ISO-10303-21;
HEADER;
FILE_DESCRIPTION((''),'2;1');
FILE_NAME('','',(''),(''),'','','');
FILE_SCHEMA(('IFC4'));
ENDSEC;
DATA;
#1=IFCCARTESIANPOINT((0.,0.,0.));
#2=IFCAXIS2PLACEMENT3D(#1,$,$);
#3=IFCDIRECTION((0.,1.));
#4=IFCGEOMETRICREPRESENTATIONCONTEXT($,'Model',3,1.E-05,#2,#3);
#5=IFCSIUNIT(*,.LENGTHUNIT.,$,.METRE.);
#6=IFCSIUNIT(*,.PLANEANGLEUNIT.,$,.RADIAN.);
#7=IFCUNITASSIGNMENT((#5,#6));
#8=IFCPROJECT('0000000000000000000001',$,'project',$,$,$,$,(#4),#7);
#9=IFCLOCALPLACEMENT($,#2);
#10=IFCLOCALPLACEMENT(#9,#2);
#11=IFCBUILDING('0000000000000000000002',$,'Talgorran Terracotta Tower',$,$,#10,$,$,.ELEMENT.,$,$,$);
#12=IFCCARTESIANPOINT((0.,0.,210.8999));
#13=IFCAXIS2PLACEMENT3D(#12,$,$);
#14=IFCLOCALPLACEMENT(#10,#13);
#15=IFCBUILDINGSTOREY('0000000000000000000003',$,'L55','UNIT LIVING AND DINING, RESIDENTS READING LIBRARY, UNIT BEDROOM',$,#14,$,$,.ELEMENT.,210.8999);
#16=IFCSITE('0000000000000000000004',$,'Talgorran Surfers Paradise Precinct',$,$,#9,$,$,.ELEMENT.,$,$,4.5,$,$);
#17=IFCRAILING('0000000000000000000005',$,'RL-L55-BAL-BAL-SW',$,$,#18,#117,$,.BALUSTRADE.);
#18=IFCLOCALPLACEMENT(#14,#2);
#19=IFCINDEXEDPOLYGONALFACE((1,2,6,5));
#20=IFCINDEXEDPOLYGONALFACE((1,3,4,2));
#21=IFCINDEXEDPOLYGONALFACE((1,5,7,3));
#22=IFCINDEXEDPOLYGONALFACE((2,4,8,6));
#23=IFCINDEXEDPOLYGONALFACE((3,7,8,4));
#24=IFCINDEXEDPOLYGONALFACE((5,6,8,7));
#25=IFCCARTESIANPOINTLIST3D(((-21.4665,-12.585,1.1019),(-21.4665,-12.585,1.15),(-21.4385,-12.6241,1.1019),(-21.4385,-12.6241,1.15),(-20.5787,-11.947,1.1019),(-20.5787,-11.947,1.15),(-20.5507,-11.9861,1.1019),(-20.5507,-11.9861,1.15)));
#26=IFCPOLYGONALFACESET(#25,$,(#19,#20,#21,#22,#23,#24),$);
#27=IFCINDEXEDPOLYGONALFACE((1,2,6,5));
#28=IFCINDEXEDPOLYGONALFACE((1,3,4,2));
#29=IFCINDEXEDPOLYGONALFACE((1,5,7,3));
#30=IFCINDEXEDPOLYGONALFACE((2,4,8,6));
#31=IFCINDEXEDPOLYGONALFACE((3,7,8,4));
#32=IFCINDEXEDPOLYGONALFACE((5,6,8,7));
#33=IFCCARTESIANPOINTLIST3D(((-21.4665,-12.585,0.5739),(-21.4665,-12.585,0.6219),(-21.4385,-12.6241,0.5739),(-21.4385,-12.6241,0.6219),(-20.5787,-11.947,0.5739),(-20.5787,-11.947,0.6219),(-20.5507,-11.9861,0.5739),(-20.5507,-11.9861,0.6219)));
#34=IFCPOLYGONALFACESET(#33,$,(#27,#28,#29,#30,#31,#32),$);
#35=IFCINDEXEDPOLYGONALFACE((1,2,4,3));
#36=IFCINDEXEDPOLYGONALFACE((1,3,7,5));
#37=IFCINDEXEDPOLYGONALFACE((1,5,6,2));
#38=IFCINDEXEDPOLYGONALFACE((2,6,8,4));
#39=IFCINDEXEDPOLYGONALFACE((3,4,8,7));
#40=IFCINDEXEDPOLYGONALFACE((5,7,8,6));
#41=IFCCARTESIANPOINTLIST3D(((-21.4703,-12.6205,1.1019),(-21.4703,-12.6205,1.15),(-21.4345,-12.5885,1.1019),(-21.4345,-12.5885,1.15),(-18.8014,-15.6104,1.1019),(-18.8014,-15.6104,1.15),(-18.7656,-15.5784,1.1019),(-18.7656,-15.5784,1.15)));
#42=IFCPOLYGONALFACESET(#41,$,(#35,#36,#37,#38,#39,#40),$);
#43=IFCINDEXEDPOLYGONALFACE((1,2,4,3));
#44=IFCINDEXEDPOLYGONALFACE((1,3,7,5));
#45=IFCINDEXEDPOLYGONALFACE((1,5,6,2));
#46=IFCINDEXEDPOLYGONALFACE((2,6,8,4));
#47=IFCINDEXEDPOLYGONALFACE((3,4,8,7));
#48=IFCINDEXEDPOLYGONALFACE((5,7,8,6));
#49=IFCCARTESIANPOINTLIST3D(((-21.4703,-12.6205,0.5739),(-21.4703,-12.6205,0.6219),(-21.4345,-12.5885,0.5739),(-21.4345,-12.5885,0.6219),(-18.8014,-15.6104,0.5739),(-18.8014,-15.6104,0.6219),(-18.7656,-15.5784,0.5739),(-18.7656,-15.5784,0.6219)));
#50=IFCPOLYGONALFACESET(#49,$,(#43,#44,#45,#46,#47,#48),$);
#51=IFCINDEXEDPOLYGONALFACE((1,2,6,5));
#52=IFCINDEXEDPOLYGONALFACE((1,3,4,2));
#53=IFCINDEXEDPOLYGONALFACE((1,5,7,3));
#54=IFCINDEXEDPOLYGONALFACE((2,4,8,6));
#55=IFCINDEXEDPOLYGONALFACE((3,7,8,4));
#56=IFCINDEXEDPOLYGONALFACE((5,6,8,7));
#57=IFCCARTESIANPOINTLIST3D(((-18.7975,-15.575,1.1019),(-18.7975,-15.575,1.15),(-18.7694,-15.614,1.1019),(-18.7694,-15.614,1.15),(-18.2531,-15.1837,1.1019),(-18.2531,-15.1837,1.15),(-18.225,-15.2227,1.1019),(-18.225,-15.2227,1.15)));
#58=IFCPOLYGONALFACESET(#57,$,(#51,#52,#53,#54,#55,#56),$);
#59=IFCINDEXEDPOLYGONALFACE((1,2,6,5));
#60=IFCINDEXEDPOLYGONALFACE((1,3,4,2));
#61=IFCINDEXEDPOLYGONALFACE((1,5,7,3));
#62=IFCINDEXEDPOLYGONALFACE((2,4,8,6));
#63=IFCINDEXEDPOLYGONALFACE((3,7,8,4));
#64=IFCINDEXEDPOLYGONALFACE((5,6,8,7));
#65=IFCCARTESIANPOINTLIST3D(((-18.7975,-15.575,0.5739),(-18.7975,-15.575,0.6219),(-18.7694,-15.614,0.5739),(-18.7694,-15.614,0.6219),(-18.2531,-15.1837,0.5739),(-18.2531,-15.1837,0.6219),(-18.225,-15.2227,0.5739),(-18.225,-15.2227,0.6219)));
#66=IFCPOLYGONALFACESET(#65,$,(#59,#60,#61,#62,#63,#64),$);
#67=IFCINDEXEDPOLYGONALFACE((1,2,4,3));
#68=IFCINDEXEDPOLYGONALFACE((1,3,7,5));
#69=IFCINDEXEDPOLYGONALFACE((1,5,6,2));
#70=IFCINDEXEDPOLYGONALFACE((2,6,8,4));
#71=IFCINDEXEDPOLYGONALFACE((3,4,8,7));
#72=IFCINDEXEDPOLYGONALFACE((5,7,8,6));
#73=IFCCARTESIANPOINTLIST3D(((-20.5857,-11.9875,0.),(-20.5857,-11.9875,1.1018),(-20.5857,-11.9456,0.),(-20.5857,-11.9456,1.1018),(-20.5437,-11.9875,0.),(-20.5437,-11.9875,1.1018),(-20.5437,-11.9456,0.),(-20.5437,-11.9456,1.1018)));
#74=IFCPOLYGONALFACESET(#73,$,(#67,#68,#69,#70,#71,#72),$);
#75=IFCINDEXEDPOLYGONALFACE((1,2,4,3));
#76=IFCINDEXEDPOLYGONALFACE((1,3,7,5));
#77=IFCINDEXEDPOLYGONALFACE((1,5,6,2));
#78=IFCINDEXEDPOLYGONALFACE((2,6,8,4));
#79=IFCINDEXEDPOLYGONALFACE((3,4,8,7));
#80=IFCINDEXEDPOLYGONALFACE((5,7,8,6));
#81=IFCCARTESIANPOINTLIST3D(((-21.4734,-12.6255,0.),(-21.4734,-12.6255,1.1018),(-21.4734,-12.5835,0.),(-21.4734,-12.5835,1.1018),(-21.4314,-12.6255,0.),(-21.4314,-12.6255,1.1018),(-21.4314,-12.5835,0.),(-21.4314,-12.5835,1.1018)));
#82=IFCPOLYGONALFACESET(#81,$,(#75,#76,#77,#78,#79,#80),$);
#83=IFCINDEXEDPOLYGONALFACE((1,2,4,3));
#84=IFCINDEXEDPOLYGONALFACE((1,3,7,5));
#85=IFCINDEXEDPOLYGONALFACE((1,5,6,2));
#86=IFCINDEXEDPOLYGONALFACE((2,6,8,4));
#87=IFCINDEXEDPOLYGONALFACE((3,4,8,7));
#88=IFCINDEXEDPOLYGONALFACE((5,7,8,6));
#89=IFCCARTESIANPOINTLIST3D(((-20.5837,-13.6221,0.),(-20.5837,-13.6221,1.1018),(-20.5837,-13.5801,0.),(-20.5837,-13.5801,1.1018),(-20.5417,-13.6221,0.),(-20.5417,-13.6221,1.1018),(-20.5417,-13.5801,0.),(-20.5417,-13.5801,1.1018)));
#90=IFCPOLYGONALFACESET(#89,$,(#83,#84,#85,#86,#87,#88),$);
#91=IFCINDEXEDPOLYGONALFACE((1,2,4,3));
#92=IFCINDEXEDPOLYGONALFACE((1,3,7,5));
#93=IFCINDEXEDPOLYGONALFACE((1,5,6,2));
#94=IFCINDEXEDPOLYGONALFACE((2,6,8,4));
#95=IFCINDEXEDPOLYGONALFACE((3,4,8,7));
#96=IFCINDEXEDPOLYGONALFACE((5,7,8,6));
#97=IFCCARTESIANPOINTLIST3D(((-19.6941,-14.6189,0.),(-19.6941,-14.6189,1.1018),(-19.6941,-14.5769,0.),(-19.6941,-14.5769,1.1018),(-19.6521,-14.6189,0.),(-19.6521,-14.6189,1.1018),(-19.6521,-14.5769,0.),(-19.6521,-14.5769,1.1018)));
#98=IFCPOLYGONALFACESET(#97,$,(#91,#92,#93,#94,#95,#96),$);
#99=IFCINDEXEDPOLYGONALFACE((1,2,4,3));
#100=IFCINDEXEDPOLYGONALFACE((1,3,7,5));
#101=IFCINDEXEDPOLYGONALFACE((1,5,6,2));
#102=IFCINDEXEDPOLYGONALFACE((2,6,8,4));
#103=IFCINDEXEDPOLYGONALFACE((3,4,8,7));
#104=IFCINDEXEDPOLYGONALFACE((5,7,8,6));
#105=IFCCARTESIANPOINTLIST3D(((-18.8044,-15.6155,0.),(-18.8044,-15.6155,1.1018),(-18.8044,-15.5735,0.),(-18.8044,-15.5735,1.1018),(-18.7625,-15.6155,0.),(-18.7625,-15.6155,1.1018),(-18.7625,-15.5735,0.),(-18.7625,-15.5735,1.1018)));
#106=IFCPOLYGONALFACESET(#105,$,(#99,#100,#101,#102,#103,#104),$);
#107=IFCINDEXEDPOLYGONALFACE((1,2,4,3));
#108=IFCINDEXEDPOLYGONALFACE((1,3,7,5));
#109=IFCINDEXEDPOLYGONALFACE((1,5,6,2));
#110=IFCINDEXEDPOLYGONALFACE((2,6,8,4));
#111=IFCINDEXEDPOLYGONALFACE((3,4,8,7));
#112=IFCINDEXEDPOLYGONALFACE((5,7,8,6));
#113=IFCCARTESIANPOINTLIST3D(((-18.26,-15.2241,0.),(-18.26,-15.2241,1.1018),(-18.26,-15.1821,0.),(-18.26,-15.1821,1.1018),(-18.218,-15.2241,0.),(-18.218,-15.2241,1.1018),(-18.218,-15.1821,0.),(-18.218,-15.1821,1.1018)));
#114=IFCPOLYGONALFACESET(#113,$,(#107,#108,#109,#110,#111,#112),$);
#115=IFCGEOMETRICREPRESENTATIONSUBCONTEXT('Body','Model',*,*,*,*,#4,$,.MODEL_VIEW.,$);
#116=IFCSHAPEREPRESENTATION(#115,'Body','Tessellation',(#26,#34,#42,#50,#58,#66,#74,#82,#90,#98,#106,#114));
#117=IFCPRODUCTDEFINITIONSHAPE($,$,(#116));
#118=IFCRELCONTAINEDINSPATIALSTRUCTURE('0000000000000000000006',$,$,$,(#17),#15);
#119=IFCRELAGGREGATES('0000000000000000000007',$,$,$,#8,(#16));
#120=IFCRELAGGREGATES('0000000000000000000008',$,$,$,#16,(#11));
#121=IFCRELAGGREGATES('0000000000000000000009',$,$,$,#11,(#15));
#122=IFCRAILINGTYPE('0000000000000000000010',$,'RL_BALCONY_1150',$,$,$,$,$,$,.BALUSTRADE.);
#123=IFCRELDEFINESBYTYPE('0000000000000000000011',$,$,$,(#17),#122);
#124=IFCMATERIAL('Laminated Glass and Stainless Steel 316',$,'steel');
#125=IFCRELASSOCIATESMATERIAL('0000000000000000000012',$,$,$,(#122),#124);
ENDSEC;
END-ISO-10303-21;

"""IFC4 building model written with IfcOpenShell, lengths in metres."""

from ifc_helpers import new_model, si_unit, direction, frame, origin, origin_2d, place, context, subcontext, project, spatial, rectangle, extrude, material, type_object, element, save


model = new_model("IFC4")

# Units and contexts
model_context = context("Model", 3, precision=1e-05, world=origin(), true_north=direction((0.0, 1.0)))
body_context = subcontext(model_context, "Body", "Model", "MODEL_VIEW")
ifc_project = project(units=[si_unit("LENGTHUNIT", "METRE"), si_unit("PLANEANGLEUNIT", "RADIAN")], contexts=[model_context])

# Site, building, storey
site_placement = place(None, origin())
site = spatial("IfcSite", under=ifc_project, at=site_placement, Name="Talgorran Surfers Paradise Precinct", CompositionType="ELEMENT", RefElevation=4.5)
building_placement = place(site_placement, origin())
building = spatial("IfcBuilding", under=site, at=building_placement, Name="Talgorran Terracotta Tower", CompositionType="ELEMENT")
storey_placement = place(building_placement, frame((0.0, 0.0, 210.8999)))
storey = spatial("IfcBuildingStorey", under=building, at=storey_placement, Name="L55", Description="UNIT LIVING AND DINING, RESIDENTS READING LIBRARY, UNIT BEDROOM", CompositionType="ELEMENT", Elevation=210.8999)

# Railing
ifc_material_1 = material(Name="Laminated Glass and Stainless Steel 316", Category="steel")
railing_type = type_object("IfcRailingType", Name="RL_BALCONY_1150", PredefinedType="BALUSTRADE", material=ifc_material_1)
railing_placement = place(storey_placement, frame((-20.5647, -11.9666, 0.0)))
element("IfcRailing", 1, at=railing_placement, inside=storey, type_object=railing_type, Name="RL-L55-BAL-BAL-SW", PredefinedType="BALUSTRADE", context=body_context, shape_type="SweptSolid", body=[
    extrude(rectangle(XDim=0.0481, YDim=0.0481, at=origin_2d()), frame((0.0, 0.0, 1.126), z_axis=(-0.812055, -0.583581, 0.0), x_axis=(0.583581, -0.812055, 0.0)), (0.0, 0.0, 1.0), 1.0933),
    extrude(rectangle(XDim=0.0481, YDim=0.0481, at=origin_2d()), frame((0.0, 0.0, 0.5979), z_axis=(-0.812055, -0.583581, 0.0), x_axis=(0.583581, -0.812055, 0.0)), (0.0, 0.0, 1.0), 1.0933),
    extrude(rectangle(XDim=0.0481, YDim=0.0481, at=origin_2d()), frame((-0.8877, -0.6379, 1.126), z_axis=(0.66592, -0.746023, 0.0), x_axis=(0.746023, 0.66592, 0.0)), (0.0, 0.0, 1.0), 4.0078),
    extrude(rectangle(XDim=0.0481, YDim=0.0481, at=origin_2d()), frame((-0.8877, -0.6379, 0.5979), z_axis=(0.66592, -0.746023, 0.0), x_axis=(0.746023, 0.66592, 0.0)), (0.0, 0.0, 1.0), 4.0078),
    extrude(rectangle(XDim=0.0481, YDim=0.0481, at=origin_2d()), frame((1.7812, -3.6279, 1.126), z_axis=(0.811983, 0.583681, 0.0), x_axis=(-0.583681, 0.811983, 0.0)), (0.0, 0.0, 1.0), 0.6704),
    extrude(rectangle(XDim=0.0481, YDim=0.0481, at=origin_2d()), frame((1.7812, -3.6279, 0.5979), z_axis=(0.811983, 0.583681, 0.0), x_axis=(-0.583681, 0.811983, 0.0)), (0.0, 0.0, 1.0), 0.6704),
    extrude(rectangle(XDim=0.042, YDim=0.042, at=origin_2d()), origin(), (0.0, 0.0, 1.0), 1.1018),
    extrude(rectangle(XDim=0.042, YDim=0.042, at=origin_2d()), frame((-0.8877, -0.6379, 0.0)), (0.0, 0.0, 1.0), 1.1018),
    extrude(rectangle(XDim=0.042, YDim=0.042, at=origin_2d()), frame((0.002, -1.6345, 0.0)), (0.0, 0.0, 1.0), 1.1018),
    extrude(rectangle(XDim=0.042, YDim=0.042, at=origin_2d()), frame((0.8916, -2.6313, 0.0)), (0.0, 0.0, 1.0), 1.1018),
    extrude(rectangle(XDim=0.042, YDim=0.042, at=origin_2d()), frame((1.7812, -3.6279, 0.0)), (0.0, 0.0, 1.0), 1.1018),
    extrude(rectangle(XDim=0.042, YDim=0.042, at=origin_2d()), frame((2.3257, -3.2366, 0.0)), (0.0, 0.0, 1.0), 1.1018),
])

save(model, "model.ifc")
